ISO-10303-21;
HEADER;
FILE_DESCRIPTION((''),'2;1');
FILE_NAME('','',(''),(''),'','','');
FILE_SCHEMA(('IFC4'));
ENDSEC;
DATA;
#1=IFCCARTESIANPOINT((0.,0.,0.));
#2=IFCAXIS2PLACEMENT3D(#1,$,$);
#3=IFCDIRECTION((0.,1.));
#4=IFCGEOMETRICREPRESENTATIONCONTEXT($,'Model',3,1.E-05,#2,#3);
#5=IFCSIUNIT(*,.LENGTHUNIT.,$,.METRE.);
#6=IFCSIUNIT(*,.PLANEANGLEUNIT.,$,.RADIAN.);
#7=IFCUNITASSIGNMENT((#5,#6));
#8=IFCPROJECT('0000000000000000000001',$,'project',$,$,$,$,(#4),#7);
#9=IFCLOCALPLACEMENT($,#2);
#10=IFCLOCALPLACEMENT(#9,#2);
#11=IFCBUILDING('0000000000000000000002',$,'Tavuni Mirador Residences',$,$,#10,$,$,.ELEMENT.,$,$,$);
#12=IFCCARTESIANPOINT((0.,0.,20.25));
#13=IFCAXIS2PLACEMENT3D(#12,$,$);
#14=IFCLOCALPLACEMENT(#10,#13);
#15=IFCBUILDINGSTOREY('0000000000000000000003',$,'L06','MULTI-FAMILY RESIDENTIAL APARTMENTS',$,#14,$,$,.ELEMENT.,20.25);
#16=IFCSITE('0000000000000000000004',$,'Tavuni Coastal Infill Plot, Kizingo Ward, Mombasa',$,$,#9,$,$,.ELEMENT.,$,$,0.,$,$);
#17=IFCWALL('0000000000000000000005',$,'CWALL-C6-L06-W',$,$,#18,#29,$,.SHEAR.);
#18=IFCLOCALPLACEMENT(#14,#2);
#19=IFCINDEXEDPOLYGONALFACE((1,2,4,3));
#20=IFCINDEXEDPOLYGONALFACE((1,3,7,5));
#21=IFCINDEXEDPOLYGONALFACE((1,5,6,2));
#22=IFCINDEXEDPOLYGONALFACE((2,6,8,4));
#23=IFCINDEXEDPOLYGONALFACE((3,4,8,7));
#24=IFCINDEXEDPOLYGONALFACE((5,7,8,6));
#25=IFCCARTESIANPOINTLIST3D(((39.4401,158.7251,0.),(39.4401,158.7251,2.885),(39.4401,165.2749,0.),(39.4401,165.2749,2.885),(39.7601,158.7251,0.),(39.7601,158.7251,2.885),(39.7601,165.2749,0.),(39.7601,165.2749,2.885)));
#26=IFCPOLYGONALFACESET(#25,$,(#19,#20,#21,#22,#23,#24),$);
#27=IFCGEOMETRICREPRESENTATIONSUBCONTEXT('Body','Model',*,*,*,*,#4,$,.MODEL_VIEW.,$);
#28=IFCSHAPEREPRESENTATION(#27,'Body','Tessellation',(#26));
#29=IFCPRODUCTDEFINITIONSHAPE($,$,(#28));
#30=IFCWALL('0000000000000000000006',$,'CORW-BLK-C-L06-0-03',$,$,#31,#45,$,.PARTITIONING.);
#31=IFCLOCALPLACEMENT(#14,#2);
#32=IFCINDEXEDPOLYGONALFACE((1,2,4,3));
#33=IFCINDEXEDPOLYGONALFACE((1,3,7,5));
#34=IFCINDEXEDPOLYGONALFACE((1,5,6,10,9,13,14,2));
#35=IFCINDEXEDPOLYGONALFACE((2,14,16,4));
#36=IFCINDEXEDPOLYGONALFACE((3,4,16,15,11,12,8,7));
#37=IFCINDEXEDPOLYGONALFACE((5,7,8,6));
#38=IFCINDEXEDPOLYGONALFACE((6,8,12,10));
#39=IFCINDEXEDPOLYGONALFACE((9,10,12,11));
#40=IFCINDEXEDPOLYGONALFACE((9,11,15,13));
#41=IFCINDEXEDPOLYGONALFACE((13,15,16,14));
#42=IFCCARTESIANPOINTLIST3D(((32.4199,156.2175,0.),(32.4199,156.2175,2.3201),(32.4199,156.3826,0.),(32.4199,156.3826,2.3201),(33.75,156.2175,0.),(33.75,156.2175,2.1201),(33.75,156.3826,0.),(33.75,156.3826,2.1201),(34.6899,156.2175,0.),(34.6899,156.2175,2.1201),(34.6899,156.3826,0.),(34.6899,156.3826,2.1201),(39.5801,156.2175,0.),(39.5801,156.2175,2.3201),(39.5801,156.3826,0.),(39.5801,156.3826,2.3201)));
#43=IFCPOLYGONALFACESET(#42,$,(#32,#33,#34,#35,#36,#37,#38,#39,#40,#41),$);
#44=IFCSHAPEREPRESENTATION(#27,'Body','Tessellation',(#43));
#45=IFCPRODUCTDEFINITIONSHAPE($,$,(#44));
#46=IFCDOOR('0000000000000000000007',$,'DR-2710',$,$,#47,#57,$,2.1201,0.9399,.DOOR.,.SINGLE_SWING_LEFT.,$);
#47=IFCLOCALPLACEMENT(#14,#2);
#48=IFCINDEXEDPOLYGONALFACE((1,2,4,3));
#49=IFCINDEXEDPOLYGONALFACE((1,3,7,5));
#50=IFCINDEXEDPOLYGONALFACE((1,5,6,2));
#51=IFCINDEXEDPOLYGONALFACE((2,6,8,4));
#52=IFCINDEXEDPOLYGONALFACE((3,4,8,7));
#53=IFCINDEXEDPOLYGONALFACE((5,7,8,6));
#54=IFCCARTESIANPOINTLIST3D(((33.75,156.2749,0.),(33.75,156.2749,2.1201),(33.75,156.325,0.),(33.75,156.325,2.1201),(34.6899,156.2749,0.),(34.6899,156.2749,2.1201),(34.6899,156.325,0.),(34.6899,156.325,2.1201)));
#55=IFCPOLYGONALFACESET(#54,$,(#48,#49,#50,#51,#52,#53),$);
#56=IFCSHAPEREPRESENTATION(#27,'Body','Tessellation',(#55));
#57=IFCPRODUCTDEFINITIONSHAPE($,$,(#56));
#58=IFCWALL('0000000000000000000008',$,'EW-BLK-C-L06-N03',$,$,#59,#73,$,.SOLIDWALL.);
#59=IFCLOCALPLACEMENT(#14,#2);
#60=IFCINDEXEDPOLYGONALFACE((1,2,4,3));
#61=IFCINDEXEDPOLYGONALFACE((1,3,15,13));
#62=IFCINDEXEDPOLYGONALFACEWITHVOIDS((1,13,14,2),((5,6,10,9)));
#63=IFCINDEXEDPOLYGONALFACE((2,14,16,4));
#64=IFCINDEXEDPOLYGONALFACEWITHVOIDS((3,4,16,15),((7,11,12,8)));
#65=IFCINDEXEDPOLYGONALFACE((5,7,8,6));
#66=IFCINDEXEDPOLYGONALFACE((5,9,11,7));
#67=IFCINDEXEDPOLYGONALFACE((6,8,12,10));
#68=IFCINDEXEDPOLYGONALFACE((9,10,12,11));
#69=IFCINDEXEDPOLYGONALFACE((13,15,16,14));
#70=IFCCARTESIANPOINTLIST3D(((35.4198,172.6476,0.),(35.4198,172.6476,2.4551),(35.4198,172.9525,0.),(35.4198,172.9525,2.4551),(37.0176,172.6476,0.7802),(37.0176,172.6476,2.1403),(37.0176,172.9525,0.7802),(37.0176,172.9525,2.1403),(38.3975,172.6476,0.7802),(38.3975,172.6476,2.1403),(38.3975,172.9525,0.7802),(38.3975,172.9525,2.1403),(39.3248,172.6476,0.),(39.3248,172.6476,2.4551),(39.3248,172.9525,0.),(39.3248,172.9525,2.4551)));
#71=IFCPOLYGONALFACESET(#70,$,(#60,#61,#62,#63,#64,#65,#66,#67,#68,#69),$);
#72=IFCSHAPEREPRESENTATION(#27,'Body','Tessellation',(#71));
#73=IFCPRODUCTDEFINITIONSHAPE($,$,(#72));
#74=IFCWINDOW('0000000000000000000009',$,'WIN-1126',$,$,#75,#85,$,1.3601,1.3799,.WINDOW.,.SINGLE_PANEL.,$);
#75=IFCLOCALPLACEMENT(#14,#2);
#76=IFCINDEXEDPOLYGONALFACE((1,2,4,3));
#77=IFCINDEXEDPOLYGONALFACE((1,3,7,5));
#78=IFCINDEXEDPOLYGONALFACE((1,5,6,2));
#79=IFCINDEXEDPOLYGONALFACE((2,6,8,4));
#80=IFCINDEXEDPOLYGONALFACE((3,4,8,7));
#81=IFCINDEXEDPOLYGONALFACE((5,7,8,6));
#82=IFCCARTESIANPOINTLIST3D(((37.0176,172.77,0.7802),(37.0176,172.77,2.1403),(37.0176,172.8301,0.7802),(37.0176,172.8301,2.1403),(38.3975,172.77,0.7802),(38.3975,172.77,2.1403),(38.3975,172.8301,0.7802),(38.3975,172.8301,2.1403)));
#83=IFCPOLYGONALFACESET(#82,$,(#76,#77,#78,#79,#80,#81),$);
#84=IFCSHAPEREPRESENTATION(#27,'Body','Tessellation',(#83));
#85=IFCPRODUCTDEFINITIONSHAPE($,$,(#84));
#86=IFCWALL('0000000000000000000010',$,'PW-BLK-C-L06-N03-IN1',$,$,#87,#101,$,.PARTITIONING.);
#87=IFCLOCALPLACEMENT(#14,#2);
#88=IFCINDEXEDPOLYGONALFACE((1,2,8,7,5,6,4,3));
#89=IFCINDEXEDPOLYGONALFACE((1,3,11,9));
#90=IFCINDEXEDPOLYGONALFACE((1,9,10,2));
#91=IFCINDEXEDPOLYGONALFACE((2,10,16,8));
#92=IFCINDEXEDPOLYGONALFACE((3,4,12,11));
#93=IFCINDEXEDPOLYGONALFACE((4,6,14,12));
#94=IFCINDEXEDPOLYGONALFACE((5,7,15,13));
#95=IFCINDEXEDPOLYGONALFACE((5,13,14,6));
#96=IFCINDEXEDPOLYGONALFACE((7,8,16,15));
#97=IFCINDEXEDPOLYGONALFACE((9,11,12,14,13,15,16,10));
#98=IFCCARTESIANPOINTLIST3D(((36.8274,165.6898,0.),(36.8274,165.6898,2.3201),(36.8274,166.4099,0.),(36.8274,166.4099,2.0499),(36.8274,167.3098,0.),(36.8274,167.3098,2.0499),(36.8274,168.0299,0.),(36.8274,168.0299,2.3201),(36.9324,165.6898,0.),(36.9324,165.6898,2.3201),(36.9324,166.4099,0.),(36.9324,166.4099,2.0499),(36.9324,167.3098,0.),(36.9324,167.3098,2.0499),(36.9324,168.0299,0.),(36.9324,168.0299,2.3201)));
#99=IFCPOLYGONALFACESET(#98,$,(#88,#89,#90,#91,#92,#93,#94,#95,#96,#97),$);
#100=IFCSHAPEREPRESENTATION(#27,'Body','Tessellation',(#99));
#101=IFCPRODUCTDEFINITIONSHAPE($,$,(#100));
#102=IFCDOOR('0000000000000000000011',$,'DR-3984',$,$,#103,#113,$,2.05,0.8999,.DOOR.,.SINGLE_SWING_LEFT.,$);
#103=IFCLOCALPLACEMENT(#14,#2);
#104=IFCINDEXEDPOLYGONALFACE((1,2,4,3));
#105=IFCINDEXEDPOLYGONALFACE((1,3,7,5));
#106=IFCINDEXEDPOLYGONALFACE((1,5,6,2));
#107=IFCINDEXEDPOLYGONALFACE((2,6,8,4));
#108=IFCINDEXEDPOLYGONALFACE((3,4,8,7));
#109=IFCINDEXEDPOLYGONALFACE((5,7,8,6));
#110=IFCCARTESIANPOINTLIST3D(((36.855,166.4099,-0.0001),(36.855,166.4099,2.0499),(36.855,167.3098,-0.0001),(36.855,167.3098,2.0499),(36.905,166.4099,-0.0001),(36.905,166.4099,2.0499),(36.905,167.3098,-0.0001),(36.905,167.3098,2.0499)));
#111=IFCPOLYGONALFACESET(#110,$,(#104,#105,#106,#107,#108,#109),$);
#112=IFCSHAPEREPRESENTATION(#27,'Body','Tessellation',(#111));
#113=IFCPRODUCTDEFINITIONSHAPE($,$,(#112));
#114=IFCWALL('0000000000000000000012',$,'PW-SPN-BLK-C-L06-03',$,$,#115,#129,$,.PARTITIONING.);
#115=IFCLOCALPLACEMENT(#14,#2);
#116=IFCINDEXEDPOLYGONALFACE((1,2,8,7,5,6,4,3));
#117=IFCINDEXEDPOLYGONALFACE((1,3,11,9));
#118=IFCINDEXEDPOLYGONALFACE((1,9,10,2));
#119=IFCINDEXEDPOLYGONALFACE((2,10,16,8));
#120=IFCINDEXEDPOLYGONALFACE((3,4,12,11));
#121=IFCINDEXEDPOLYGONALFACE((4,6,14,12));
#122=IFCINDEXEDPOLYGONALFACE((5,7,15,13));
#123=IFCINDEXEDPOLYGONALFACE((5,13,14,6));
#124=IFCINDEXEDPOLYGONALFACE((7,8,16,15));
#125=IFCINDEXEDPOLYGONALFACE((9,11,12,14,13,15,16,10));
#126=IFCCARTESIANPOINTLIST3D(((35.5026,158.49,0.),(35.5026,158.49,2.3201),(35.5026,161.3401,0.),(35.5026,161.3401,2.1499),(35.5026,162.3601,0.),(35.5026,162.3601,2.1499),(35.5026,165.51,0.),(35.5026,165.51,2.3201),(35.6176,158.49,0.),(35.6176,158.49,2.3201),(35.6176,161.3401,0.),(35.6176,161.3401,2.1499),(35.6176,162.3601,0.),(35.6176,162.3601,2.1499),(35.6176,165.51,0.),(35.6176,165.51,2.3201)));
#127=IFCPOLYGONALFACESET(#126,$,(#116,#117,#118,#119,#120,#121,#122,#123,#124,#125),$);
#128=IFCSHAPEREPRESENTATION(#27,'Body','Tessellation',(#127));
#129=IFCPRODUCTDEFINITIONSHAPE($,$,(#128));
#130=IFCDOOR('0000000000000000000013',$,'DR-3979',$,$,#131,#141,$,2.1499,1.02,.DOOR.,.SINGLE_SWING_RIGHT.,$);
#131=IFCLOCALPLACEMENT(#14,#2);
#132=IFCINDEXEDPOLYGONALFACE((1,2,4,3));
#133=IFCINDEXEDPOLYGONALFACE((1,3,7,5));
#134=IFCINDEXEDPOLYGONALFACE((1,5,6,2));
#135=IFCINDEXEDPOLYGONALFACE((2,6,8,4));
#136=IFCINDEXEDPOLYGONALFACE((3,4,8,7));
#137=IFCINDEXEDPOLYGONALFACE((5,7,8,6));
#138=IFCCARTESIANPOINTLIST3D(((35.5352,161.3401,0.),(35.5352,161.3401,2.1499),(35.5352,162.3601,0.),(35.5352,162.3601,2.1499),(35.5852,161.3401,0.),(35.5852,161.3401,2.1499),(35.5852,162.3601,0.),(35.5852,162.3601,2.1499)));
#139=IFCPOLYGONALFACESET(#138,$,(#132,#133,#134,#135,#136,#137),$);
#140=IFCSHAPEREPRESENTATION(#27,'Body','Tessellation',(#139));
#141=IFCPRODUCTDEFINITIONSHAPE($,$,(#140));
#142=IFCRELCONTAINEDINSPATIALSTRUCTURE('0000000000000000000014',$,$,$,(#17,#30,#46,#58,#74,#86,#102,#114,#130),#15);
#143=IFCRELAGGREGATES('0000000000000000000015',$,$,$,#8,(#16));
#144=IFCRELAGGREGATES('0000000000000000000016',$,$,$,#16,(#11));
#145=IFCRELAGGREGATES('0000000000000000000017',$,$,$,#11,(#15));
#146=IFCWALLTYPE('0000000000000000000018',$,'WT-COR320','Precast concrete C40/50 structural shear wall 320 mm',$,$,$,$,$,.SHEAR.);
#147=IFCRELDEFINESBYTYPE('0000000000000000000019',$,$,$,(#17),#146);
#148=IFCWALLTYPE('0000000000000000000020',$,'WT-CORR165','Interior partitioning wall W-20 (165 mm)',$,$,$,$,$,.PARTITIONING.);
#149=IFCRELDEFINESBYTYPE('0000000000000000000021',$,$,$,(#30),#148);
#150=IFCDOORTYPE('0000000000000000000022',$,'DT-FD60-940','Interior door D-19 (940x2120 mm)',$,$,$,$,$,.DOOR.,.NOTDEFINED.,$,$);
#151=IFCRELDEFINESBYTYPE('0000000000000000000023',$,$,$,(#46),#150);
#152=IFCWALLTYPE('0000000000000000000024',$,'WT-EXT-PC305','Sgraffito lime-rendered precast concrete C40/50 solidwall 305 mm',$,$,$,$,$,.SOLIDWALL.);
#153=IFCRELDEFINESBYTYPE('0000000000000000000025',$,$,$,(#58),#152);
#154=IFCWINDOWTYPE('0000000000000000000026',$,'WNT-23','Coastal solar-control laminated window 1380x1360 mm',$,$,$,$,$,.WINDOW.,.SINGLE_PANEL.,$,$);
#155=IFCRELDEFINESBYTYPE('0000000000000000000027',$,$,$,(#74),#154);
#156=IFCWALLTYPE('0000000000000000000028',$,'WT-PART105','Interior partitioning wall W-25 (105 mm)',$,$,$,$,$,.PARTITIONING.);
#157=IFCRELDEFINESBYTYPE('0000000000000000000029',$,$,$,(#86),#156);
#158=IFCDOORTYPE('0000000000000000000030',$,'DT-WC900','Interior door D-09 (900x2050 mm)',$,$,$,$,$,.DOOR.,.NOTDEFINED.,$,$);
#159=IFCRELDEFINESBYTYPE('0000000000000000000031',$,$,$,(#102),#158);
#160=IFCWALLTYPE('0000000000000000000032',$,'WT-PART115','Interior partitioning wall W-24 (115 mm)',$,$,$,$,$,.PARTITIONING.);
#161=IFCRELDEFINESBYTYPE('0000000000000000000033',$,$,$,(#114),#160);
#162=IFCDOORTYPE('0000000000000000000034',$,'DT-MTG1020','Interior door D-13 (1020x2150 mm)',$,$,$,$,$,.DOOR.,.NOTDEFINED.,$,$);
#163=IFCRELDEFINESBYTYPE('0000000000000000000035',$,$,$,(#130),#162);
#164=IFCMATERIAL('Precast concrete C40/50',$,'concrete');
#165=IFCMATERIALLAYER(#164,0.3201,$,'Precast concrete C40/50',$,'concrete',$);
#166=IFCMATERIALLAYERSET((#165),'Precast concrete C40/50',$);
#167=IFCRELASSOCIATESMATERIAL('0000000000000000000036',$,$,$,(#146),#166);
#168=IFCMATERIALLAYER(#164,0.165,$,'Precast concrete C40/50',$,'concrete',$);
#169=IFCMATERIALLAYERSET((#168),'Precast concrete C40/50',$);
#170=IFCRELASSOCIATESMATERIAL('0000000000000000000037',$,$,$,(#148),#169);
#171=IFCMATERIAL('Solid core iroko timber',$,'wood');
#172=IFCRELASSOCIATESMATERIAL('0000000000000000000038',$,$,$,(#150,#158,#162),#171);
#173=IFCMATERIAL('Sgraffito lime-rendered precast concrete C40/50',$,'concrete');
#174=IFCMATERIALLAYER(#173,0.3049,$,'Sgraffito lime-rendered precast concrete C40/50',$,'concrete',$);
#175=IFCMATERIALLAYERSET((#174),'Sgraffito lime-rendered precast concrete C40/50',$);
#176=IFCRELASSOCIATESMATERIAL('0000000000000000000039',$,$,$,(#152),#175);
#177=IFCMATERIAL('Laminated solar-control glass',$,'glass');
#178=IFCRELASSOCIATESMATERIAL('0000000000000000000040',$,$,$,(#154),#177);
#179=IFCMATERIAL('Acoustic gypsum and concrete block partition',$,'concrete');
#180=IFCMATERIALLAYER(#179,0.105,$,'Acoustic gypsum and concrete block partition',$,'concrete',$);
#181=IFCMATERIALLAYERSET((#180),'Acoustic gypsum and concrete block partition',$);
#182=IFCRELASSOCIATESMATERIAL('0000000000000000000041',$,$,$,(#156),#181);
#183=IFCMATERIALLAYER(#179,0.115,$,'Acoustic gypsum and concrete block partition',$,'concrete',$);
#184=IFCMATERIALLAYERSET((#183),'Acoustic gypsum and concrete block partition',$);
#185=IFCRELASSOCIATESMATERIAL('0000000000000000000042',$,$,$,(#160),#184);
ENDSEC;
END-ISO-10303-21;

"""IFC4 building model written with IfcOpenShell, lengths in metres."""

from ifc_helpers import new_model, si_unit, direction, frame, frame_2d, origin, place, context, subcontext, project, spatial, rectangle, extrude, material, layer, layer_set, type_object, element, fill, save


model = new_model("IFC4")

# Units and contexts
model_context = context("Model", 3, precision=1e-05, world=origin(), true_north=direction((0.0, 1.0)))
body_context = subcontext(model_context, "Body", "Model", "MODEL_VIEW")
ifc_project = project(units=[si_unit("LENGTHUNIT", "METRE"), si_unit("PLANEANGLEUNIT", "RADIAN")], contexts=[model_context])

# Site, building, storey
site_placement = place(None, origin())
site = spatial("IfcSite", under=ifc_project, at=site_placement, Name="Tavuni Coastal Infill Plot, Kizingo Ward, Mombasa", CompositionType="ELEMENT", RefElevation=0.0)
building_placement = place(site_placement, origin())
building = spatial("IfcBuilding", under=site, at=building_placement, Name="Tavuni Mirador Residences", CompositionType="ELEMENT")
storey_placement = place(building_placement, frame((0.0, 0.0, 20.25)))
storey = spatial("IfcBuildingStorey", under=building, at=storey_placement, Name="L06", Description="MULTI-FAMILY RESIDENTIAL APARTMENTS", CompositionType="ELEMENT", Elevation=20.25)

# Shared definitions
ifc_material_1 = material(Name="Precast concrete C40/50", Category="concrete")

# Wall
ifc_layer_1 = layer(ifc_material_1, 0.3201, Name="Precast concrete C40/50", Category="concrete")
ifc_layer_set_1 = layer_set([ifc_layer_1], Name="Precast concrete C40/50")
wall_type_1 = type_object("IfcWallType", Name="WT-COR320", Description="Precast concrete C40/50 structural shear wall 320 mm", PredefinedType="SHEAR", material=ifc_layer_set_1)
wall_1_placement = place(storey_placement, frame((39.6001, 158.7251, 0.0), z_axis=(0.0, 0.0, 1.0), x_axis=(0.0, 1.0, 0.0)))
element("IfcWall", 1, at=wall_1_placement, inside=storey, type_object=wall_type_1, Name="CWALL-C6-L06-W", PredefinedType="SHEAR", context=body_context, shape_type="SweptSolid", body=[
    extrude(rectangle(XDim=6.5498, YDim=0.3201, at=frame_2d((3.2749, 0.0))), origin(), (0.0, 0.0, 1.0), 2.885),
])

# Wall, opening, door
ifc_layer_2 = layer(ifc_material_1, 0.165, Name="Precast concrete C40/50", Category="concrete")
ifc_layer_set_2 = layer_set([ifc_layer_2], Name="Precast concrete C40/50")
wall_type_2 = type_object("IfcWallType", Name="WT-CORR165", Description="Interior partitioning wall W-20 (165 mm)", PredefinedType="PARTITIONING", material=ifc_layer_set_2)
wall_2_placement = place(storey_placement, frame((32.4199, 156.3, 0.0), z_axis=(0.0, 0.0, 1.0), x_axis=(1.0, 0.0, 0.0)))
wall_2 = element("IfcWall", 2, at=wall_2_placement, inside=storey, type_object=wall_type_2, Name="CORW-BLK-C-L06-0-03", PredefinedType="PARTITIONING", context=body_context, shape_type="SweptSolid", body=[
    extrude(rectangle(XDim=7.1602, YDim=0.165, at=frame_2d((3.5801, 0.0))), origin(), (0.0, 0.0, 1.0), 2.3201),
])
opening_1_placement = place(wall_2_placement, frame((1.3301, 0.0, 0.0)))
opening_1 = element("IfcOpeningElement", 3, at=opening_1_placement, cuts=wall_2, PredefinedType="OPENING", context=body_context, shape_type="SweptSolid", body=[
    extrude(rectangle(XDim=0.9399, YDim=2.1201, at=frame_2d((0.47, 1.0601))), frame((0.0, 0.0925, 0.0), z_axis=(0.0, -1.0, 0.0), x_axis=(1.0, 0.0, 0.0)), (0.0, 0.0, 1.0), 0.1851),
])
ifc_material_2 = material(Name="Solid core iroko timber", Category="wood")
door_type_1 = type_object("IfcDoorType", Name="DT-FD60-940", Description="Interior door D-19 (940x2120 mm)", OperationType="NOTDEFINED", PredefinedType="DOOR", material=ifc_material_2)
door_1_placement = place(opening_1_placement, origin())
door_1 = element("IfcDoor", 4, at=door_1_placement, inside=storey, type_object=door_type_1, Name="DR-2710", OperationType="SINGLE_SWING_LEFT", OverallHeight=2.1201, OverallWidth=0.9399, PredefinedType="DOOR", context=body_context, shape_type="SweptSolid", body=[
    extrude(rectangle(XDim=0.9399, YDim=2.1201, at=frame_2d((0.47, 1.0601))), frame((0.0, 0.0249, 0.0), z_axis=(0.0, -1.0, 0.0), x_axis=(1.0, 0.0, 0.0)), (0.0, 0.0, 1.0), 0.05),
])
fill(opening_1, door_1)

# Wall, opening, window
ifc_material_3 = material(Name="Sgraffito lime-rendered precast concrete C40/50", Category="concrete")
ifc_layer_3 = layer(ifc_material_3, 0.3049, Name="Sgraffito lime-rendered precast concrete C40/50", Category="concrete")
ifc_layer_set_3 = layer_set([ifc_layer_3], Name="Sgraffito lime-rendered precast concrete C40/50")
wall_type_3 = type_object("IfcWallType", Name="WT-EXT-PC305", Description="Sgraffito lime-rendered precast concrete C40/50 solidwall 305 mm", PredefinedType="SOLIDWALL", material=ifc_layer_set_3)
wall_3_placement = place(storey_placement, frame((39.325, 172.8, 0.0), z_axis=(0.0, 0.0, 1.0), x_axis=(-1.0, 0.0, 0.0)))
wall_3 = element("IfcWall", 5, at=wall_3_placement, inside=storey, type_object=wall_type_3, Name="EW-BLK-C-L06-N03", PredefinedType="SOLIDWALL", context=body_context, shape_type="SweptSolid", body=[
    extrude(rectangle(XDim=3.905, YDim=0.3049, at=frame_2d((1.9526, 0.0))), origin(), (0.0, 0.0, 1.0), 2.4551),
])
opening_2_placement = place(wall_3_placement, frame((0.9275, 0.0, 0.78)))
opening_2 = element("IfcOpeningElement", 6, at=opening_2_placement, cuts=wall_3, PredefinedType="OPENING", context=body_context, shape_type="SweptSolid", body=[
    extrude(rectangle(XDim=1.3799, YDim=1.3601, at=frame_2d((0.6899, 0.6802))), frame((0.0, 0.1626, 0.0), z_axis=(0.0, -1.0, 0.0), x_axis=(1.0, 0.0, 0.0)), (0.0, 0.0, 1.0), 0.325),
])
ifc_material_4 = material(Name="Laminated solar-control glass", Category="glass")
window_type = type_object("IfcWindowType", Name="WNT-23", Description="Coastal solar-control laminated window 1380x1360 mm", PartitioningType="SINGLE_PANEL", PredefinedType="WINDOW", material=ifc_material_4)
window_placement = place(opening_2_placement, origin())
window = element("IfcWindow", 7, at=window_placement, inside=storey, type_object=window_type, Name="WIN-1126", OverallHeight=1.3601, OverallWidth=1.3799, PartitioningType="SINGLE_PANEL", PredefinedType="WINDOW", context=body_context, shape_type="SweptSolid", body=[
    extrude(rectangle(XDim=1.3799, YDim=1.3601, at=frame_2d((0.6899, 0.6802))), frame((0.0, 0.03, 0.0), z_axis=(0.0, -1.0, 0.0), x_axis=(1.0, 0.0, 0.0)), (0.0, 0.0, 1.0), 0.0601),
])
fill(opening_2, window)

# Walls, openings, doors
ifc_material_5 = material(Name="Acoustic gypsum and concrete block partition", Category="concrete")
ifc_layer_4 = layer(ifc_material_5, 0.105, Name="Acoustic gypsum and concrete block partition", Category="concrete")
ifc_layer_set_4 = layer_set([ifc_layer_4], Name="Acoustic gypsum and concrete block partition")
wall_type_4 = type_object("IfcWallType", Name="WT-PART105", Description="Interior partitioning wall W-25 (105 mm)", PredefinedType="PARTITIONING", material=ifc_layer_set_4)
wall_4_placement = place(storey_placement, frame((36.8799, 165.6899, 0.0), z_axis=(0.0, 0.0, 1.0), x_axis=(0.0, 1.0, 0.0)))
wall_4 = element("IfcWall", 8, at=wall_4_placement, inside=storey, type_object=wall_type_4, Name="PW-BLK-C-L06-N03-IN1", PredefinedType="PARTITIONING", context=body_context, shape_type="SweptSolid", body=[
    extrude(rectangle(XDim=2.3401, YDim=0.105, at=frame_2d((1.1699, 0.0))), origin(), (0.0, 0.0, 1.0), 2.3201),
])
opening_3_placement = place(wall_4_placement, frame((0.72, 0.0, 0.0)))
opening_3 = element("IfcOpeningElement", 9, at=opening_3_placement, cuts=wall_4, PredefinedType="OPENING", context=body_context, shape_type="SweptSolid", body=[
    extrude(rectangle(XDim=0.8999, YDim=2.05, at=frame_2d((0.45, 1.0249))), frame((0.0, 0.0625, 0.0), z_axis=(0.0, -1.0, 0.0), x_axis=(1.0, 0.0, 0.0)), (0.0, 0.0, 1.0), 0.125),
])
door_type_2 = type_object("IfcDoorType", Name="DT-WC900", Description="Interior door D-09 (900x2050 mm)", OperationType="NOTDEFINED", PredefinedType="DOOR", material=ifc_material_2)
door_2_placement = place(opening_3_placement, origin())
door_2 = element("IfcDoor", 10, at=door_2_placement, inside=storey, type_object=door_type_2, Name="DR-3984", OperationType="SINGLE_SWING_LEFT", OverallHeight=2.05, OverallWidth=0.8999, PredefinedType="DOOR", context=body_context, shape_type="SweptSolid", body=[
    extrude(rectangle(XDim=0.8999, YDim=2.05, at=frame_2d((0.45, 1.0249))), frame((0.0, 0.0249, 0.0), z_axis=(0.0, -1.0, 0.0), x_axis=(1.0, 0.0, 0.0)), (0.0, 0.0, 1.0), 0.05),
])
fill(opening_3, door_2)
ifc_layer_5 = layer(ifc_material_5, 0.115, Name="Acoustic gypsum and concrete block partition", Category="concrete")
ifc_layer_set_5 = layer_set([ifc_layer_5], Name="Acoustic gypsum and concrete block partition")
wall_type_5 = type_object("IfcWallType", Name="WT-PART115", Description="Interior partitioning wall W-24 (115 mm)", PredefinedType="PARTITIONING", material=ifc_layer_set_5)
wall_5_placement = place(storey_placement, frame((35.5601, 158.49, 0.0), z_axis=(0.0, 0.0, 1.0), x_axis=(0.0, 1.0, 0.0)))
wall_5 = element("IfcWall", 11, at=wall_5_placement, inside=storey, type_object=wall_type_5, Name="PW-SPN-BLK-C-L06-03", PredefinedType="PARTITIONING", context=body_context, shape_type="SweptSolid", body=[
    extrude(rectangle(XDim=7.02, YDim=0.115, at=frame_2d((3.51, 0.0))), origin(), (0.0, 0.0, 1.0), 2.3201),
])
opening_4_placement = place(wall_5_placement, frame((2.8501, 0.0, 0.0)))
opening_4 = element("IfcOpeningElement", 12, at=opening_4_placement, cuts=wall_5, PredefinedType="OPENING", context=body_context, shape_type="SweptSolid", body=[
    extrude(rectangle(XDim=1.02, YDim=2.1499, at=frame_2d((0.51, 1.075))), frame((0.0, 0.0674, 0.0), z_axis=(0.0, -1.0, 0.0), x_axis=(1.0, 0.0, 0.0)), (0.0, 0.0, 1.0), 0.135),
])
door_type_3 = type_object("IfcDoorType", Name="DT-MTG1020", Description="Interior door D-13 (1020x2150 mm)", OperationType="NOTDEFINED", PredefinedType="DOOR", material=ifc_material_2)
door_3_placement = place(opening_4_placement, origin())
door_3 = element("IfcDoor", 13, at=door_3_placement, inside=storey, type_object=door_type_3, Name="DR-3979", OperationType="SINGLE_SWING_RIGHT", OverallHeight=2.1499, OverallWidth=1.02, PredefinedType="DOOR", context=body_context, shape_type="SweptSolid", body=[
    extrude(rectangle(XDim=1.02, YDim=2.1499, at=frame_2d((0.51, 1.075))), frame((0.0, 0.0249, 0.0), z_axis=(0.0, -1.0, 0.0), x_axis=(1.0, 0.0, 0.0)), (0.0, 0.0, 1.0), 0.05),
])
fill(opening_4, door_3)

save(model, "model.ifc")
